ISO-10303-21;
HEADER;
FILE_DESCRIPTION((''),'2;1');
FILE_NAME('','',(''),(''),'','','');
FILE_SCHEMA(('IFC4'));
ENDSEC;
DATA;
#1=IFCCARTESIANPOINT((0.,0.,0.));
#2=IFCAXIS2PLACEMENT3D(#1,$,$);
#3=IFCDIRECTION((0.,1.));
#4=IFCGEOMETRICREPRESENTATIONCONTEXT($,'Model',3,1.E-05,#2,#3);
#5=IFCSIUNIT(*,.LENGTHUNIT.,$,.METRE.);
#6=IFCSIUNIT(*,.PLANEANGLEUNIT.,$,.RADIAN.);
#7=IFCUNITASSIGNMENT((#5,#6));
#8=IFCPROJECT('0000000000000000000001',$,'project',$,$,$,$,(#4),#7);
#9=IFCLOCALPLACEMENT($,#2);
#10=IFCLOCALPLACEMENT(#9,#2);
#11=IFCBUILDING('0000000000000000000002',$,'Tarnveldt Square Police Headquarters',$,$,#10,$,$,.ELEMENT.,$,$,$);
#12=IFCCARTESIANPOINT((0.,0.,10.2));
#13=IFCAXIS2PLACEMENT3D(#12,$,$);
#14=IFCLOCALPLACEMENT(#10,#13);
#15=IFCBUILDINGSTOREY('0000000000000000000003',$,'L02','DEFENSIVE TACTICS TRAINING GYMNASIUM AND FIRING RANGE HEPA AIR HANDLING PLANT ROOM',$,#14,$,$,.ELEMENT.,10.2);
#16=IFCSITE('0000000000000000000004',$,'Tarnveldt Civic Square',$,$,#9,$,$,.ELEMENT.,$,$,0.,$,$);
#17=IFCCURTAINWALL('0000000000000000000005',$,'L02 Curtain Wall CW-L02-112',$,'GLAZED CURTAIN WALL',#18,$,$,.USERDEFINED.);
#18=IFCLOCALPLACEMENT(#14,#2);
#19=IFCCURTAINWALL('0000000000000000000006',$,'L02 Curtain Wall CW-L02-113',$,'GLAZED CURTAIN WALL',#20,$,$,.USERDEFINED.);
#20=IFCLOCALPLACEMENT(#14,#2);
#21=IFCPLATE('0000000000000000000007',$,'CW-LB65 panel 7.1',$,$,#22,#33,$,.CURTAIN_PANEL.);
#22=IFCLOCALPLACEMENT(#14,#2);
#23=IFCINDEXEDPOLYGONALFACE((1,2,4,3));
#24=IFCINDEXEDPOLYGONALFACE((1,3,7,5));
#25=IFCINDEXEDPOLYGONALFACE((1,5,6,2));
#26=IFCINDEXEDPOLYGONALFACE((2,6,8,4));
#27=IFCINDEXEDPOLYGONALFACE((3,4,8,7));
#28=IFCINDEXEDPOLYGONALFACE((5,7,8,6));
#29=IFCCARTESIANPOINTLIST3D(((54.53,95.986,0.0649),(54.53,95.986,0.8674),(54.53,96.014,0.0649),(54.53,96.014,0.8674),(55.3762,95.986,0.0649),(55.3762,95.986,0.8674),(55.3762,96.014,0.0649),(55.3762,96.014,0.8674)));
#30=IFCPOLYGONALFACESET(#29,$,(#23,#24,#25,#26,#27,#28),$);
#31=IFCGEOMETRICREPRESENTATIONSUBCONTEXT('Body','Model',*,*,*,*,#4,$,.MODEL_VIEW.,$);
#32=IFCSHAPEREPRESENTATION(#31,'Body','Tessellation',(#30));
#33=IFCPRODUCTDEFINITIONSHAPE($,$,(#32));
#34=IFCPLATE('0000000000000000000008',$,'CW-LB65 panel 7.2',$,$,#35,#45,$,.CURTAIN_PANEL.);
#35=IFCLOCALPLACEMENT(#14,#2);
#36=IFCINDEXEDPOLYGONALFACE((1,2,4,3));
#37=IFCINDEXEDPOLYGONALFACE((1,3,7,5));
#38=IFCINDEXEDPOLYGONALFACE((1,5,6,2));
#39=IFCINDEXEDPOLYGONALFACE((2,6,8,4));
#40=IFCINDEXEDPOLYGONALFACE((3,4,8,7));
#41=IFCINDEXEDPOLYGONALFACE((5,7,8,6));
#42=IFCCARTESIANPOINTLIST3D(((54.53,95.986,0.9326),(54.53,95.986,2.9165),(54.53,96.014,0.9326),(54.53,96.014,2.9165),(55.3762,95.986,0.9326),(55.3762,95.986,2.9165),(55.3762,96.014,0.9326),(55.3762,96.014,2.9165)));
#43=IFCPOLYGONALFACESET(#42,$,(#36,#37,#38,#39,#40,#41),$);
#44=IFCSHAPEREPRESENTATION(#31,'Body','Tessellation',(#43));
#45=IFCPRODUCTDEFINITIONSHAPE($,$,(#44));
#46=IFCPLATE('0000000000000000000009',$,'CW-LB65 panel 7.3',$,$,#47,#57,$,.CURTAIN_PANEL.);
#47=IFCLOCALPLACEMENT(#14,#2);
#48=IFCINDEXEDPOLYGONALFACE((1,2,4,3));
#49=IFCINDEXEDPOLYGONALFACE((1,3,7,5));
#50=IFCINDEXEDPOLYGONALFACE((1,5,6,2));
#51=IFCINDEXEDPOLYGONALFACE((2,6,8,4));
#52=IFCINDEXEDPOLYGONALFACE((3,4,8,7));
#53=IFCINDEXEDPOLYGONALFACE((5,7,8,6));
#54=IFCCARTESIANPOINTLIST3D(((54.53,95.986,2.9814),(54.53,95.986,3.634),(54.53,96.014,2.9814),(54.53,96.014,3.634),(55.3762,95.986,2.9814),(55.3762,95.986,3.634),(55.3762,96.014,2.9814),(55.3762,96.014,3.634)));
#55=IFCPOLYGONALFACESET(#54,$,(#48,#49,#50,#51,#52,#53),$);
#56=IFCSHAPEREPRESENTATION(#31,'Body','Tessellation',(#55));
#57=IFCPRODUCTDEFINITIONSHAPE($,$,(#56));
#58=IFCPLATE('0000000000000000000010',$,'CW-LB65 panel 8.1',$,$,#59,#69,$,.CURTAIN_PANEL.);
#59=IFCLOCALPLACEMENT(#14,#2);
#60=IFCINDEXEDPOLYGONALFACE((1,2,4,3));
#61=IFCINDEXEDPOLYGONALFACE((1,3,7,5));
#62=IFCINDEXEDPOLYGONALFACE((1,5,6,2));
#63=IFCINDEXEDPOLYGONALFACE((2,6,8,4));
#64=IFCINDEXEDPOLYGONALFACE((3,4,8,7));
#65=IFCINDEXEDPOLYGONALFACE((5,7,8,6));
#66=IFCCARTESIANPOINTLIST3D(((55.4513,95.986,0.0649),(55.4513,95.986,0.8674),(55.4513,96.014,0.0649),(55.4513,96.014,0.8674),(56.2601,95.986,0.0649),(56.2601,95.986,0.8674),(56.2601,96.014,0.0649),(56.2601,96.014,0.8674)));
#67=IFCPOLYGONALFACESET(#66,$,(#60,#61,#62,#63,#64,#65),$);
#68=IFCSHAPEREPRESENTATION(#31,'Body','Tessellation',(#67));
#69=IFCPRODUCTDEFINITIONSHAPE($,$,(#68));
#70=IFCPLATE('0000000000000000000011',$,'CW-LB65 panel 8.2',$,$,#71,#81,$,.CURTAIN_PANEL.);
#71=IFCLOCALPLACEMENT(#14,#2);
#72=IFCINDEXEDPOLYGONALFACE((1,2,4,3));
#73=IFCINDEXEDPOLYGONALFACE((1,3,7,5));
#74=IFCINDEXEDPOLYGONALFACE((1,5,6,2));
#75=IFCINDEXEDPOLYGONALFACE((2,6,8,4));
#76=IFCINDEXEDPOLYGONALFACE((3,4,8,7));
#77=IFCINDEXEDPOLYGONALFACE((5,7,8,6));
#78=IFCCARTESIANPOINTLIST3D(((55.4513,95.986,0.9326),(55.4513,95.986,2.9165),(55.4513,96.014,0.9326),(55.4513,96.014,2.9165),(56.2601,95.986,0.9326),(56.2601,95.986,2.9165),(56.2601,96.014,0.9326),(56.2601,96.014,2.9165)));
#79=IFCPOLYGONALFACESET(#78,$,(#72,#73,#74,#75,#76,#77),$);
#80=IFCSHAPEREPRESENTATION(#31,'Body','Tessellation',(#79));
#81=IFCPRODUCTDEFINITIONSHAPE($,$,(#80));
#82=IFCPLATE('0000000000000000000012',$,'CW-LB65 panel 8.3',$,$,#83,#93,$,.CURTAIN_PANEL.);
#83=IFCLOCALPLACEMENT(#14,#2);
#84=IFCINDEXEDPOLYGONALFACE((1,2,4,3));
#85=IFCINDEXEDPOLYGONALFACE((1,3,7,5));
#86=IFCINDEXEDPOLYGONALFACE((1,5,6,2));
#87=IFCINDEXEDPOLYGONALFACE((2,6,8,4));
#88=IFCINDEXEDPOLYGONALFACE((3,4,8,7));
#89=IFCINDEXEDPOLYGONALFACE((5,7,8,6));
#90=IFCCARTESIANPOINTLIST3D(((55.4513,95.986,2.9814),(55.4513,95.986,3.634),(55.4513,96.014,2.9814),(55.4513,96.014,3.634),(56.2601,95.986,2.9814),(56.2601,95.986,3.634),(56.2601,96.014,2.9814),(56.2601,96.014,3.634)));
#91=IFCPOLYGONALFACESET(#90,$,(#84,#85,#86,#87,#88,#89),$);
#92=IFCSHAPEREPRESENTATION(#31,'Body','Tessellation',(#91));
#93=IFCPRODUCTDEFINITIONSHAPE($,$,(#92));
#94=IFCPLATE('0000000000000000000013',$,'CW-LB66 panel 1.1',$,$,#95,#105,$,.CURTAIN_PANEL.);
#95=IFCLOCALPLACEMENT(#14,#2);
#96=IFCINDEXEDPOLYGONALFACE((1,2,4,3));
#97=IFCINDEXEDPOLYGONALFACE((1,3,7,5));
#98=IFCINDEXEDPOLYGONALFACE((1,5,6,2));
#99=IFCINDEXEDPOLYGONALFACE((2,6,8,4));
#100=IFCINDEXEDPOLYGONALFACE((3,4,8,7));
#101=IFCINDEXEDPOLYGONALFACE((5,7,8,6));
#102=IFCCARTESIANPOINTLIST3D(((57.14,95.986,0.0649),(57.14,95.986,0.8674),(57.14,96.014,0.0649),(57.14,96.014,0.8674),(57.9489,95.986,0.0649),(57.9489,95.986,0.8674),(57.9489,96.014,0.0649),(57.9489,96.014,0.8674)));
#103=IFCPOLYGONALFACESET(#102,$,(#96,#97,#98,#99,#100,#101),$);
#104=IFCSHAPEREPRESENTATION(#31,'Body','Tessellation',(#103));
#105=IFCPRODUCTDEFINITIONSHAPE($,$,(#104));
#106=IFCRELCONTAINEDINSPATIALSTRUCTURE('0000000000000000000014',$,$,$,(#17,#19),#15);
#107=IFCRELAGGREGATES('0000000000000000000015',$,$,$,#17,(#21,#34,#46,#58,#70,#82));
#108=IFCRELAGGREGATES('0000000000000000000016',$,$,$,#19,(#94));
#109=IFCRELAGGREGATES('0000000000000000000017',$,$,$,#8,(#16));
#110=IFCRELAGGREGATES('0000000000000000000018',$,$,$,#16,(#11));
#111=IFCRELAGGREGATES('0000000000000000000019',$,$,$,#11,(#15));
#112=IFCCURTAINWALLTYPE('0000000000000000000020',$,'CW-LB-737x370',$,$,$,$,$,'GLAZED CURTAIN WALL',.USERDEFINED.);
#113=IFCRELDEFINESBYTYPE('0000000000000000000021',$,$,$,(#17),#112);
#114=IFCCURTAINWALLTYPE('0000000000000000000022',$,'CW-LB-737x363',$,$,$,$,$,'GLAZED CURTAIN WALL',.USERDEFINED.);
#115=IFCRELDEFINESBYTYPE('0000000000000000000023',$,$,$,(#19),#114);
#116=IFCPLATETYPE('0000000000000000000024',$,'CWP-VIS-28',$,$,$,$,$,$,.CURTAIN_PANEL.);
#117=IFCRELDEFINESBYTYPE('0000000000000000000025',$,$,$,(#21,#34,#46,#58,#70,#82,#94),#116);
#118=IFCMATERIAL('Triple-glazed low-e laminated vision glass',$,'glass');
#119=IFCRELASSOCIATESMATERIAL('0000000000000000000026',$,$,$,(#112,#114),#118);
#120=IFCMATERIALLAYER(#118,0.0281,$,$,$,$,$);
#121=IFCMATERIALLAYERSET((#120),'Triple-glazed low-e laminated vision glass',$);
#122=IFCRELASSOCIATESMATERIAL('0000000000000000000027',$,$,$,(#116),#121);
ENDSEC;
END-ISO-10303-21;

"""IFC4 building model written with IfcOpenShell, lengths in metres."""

from ifc_helpers import new_model, si_unit, direction, frame, origin, origin_2d, place, context, subcontext, project, spatial, rectangle, extrude, material, layer, layer_set, type_object, element, aggregate, save


model = new_model("IFC4")

# Units and contexts
model_context = context("Model", 3, precision=1e-05, world=origin(), true_north=direction((0.0, 1.0)))
body_context = subcontext(model_context, "Body", "Model", "MODEL_VIEW")
ifc_project = project(units=[si_unit("LENGTHUNIT", "METRE"), si_unit("PLANEANGLEUNIT", "RADIAN")], contexts=[model_context])

# Site, building, storey
site_placement = place(None, origin())
site = spatial("IfcSite", under=ifc_project, at=site_placement, Name="Tarnveldt Civic Square", CompositionType="ELEMENT", RefElevation=0.0)
building_placement = place(site_placement, origin())
building = spatial("IfcBuilding", under=site, at=building_placement, Name="Tarnveldt Square Police Headquarters", CompositionType="ELEMENT")
storey_placement = place(building_placement, frame((0.0, 0.0, 10.2)))
storey = spatial("IfcBuildingStorey", under=building, at=storey_placement, Name="L02", Description="DEFENSIVE TACTICS TRAINING GYMNASIUM AND FIRING RANGE HEPA AIR HANDLING PLANT ROOM", CompositionType="ELEMENT", Elevation=10.2)

# Curtain wall
ifc_material_1 = material(Name="Triple-glazed low-e laminated vision glass", Category="glass")
curtain_wall_type_1 = type_object("IfcCurtainWallType", Name="CW-LB-737x370", ElementType="GLAZED CURTAIN WALL", PredefinedType="USERDEFINED", material=ifc_material_1)
curtain_wall_1_placement = place(storey_placement, origin())
curtain_wall_1 = element("IfcCurtainWall", 1, at=curtain_wall_1_placement, inside=storey, type_object=curtain_wall_type_1, Name="L02 Curtain Wall CW-L02-112", ObjectType="GLAZED CURTAIN WALL", PredefinedType="USERDEFINED")

# Curtain wall
curtain_wall_type_2 = type_object("IfcCurtainWallType", Name="CW-LB-737x363", ElementType="GLAZED CURTAIN WALL", PredefinedType="USERDEFINED", material=ifc_material_1)
curtain_wall_2_placement = place(storey_placement, origin())
curtain_wall_2 = element("IfcCurtainWall", 2, at=curtain_wall_2_placement, inside=storey, type_object=curtain_wall_type_2, Name="L02 Curtain Wall CW-L02-113", ObjectType="GLAZED CURTAIN WALL", PredefinedType="USERDEFINED")

# Plates
ifc_layer = layer(ifc_material_1, 0.0281)
ifc_layer_set = layer_set([ifc_layer], Name="Triple-glazed low-e laminated vision glass")
plate_type = type_object("IfcPlateType", Name="CWP-VIS-28", PredefinedType="CURTAIN_PANEL", material=ifc_layer_set)
plate_1_placement = place(storey_placement, frame((54.9531, 96.0, 0.0649), z_axis=(0.0, 0.0, 1.0), x_axis=(1.0, 0.0, 0.0)))
plate_1 = element("IfcPlate", 3, at=plate_1_placement, type_object=plate_type, Name="CW-LB65 panel 7.1", PredefinedType="CURTAIN_PANEL", context=body_context, shape_type="SweptSolid", body=[
    extrude(rectangle(XDim=0.8462, YDim=0.0281, at=origin_2d()), origin(), (0.0, 0.0, 1.0), 0.8025),
])
plate_2_placement = place(storey_placement, frame((54.9531, 96.0, 0.9326), z_axis=(0.0, 0.0, 1.0), x_axis=(1.0, 0.0, 0.0)))
plate_2 = element("IfcPlate", 4, at=plate_2_placement, type_object=plate_type, Name="CW-LB65 panel 7.2", PredefinedType="CURTAIN_PANEL", context=body_context, shape_type="SweptSolid", body=[
    extrude(rectangle(XDim=0.8462, YDim=0.0281, at=origin_2d()), origin(), (0.0, 0.0, 1.0), 1.9839),
])
plate_3_placement = place(storey_placement, frame((54.9531, 96.0, 2.9814), z_axis=(0.0, 0.0, 1.0), x_axis=(1.0, 0.0, 0.0)))
plate_3 = element("IfcPlate", 5, at=plate_3_placement, type_object=plate_type, Name="CW-LB65 panel 7.3", PredefinedType="CURTAIN_PANEL", context=body_context, shape_type="SweptSolid", body=[
    extrude(rectangle(XDim=0.8462, YDim=0.0281, at=origin_2d()), origin(), (0.0, 0.0, 1.0), 0.6526),
])
plate_4_placement = place(storey_placement, frame((55.8557, 96.0, 0.0649), z_axis=(0.0, 0.0, 1.0), x_axis=(1.0, 0.0, 0.0)))
plate_4 = element("IfcPlate", 6, at=plate_4_placement, type_object=plate_type, Name="CW-LB65 panel 8.1", PredefinedType="CURTAIN_PANEL", context=body_context, shape_type="SweptSolid", body=[
    extrude(rectangle(XDim=0.8088, YDim=0.0281, at=origin_2d()), origin(), (0.0, 0.0, 1.0), 0.8025),
])
plate_5_placement = place(storey_placement, frame((55.8557, 96.0, 0.9326), z_axis=(0.0, 0.0, 1.0), x_axis=(1.0, 0.0, 0.0)))
plate_5 = element("IfcPlate", 7, at=plate_5_placement, type_object=plate_type, Name="CW-LB65 panel 8.2", PredefinedType="CURTAIN_PANEL", context=body_context, shape_type="SweptSolid", body=[
    extrude(rectangle(XDim=0.8088, YDim=0.0281, at=origin_2d()), origin(), (0.0, 0.0, 1.0), 1.9839),
])
plate_6_placement = place(storey_placement, frame((55.8557, 96.0, 2.9814), z_axis=(0.0, 0.0, 1.0), x_axis=(1.0, 0.0, 0.0)))
plate_6 = element("IfcPlate", 8, at=plate_6_placement, type_object=plate_type, Name="CW-LB65 panel 8.3", PredefinedType="CURTAIN_PANEL", context=body_context, shape_type="SweptSolid", body=[
    extrude(rectangle(XDim=0.8088, YDim=0.0281, at=origin_2d()), origin(), (0.0, 0.0, 1.0), 0.6526),
])
aggregate(curtain_wall_1, [plate_1, plate_2, plate_3, plate_4, plate_5, plate_6])
plate_7_placement = place(storey_placement, frame((57.5444, 96.0, 0.0649), z_axis=(0.0, 0.0, 1.0), x_axis=(1.0, 0.0, 0.0)))
plate_7 = element("IfcPlate", 9, at=plate_7_placement, type_object=plate_type, Name="CW-LB66 panel 1.1", PredefinedType="CURTAIN_PANEL", context=body_context, shape_type="SweptSolid", body=[
    extrude(rectangle(XDim=0.8088, YDim=0.0281, at=origin_2d()), origin(), (0.0, 0.0, 1.0), 0.8025),
])
aggregate(curtain_wall_2, [plate_7])

save(model, "model.ifc")
